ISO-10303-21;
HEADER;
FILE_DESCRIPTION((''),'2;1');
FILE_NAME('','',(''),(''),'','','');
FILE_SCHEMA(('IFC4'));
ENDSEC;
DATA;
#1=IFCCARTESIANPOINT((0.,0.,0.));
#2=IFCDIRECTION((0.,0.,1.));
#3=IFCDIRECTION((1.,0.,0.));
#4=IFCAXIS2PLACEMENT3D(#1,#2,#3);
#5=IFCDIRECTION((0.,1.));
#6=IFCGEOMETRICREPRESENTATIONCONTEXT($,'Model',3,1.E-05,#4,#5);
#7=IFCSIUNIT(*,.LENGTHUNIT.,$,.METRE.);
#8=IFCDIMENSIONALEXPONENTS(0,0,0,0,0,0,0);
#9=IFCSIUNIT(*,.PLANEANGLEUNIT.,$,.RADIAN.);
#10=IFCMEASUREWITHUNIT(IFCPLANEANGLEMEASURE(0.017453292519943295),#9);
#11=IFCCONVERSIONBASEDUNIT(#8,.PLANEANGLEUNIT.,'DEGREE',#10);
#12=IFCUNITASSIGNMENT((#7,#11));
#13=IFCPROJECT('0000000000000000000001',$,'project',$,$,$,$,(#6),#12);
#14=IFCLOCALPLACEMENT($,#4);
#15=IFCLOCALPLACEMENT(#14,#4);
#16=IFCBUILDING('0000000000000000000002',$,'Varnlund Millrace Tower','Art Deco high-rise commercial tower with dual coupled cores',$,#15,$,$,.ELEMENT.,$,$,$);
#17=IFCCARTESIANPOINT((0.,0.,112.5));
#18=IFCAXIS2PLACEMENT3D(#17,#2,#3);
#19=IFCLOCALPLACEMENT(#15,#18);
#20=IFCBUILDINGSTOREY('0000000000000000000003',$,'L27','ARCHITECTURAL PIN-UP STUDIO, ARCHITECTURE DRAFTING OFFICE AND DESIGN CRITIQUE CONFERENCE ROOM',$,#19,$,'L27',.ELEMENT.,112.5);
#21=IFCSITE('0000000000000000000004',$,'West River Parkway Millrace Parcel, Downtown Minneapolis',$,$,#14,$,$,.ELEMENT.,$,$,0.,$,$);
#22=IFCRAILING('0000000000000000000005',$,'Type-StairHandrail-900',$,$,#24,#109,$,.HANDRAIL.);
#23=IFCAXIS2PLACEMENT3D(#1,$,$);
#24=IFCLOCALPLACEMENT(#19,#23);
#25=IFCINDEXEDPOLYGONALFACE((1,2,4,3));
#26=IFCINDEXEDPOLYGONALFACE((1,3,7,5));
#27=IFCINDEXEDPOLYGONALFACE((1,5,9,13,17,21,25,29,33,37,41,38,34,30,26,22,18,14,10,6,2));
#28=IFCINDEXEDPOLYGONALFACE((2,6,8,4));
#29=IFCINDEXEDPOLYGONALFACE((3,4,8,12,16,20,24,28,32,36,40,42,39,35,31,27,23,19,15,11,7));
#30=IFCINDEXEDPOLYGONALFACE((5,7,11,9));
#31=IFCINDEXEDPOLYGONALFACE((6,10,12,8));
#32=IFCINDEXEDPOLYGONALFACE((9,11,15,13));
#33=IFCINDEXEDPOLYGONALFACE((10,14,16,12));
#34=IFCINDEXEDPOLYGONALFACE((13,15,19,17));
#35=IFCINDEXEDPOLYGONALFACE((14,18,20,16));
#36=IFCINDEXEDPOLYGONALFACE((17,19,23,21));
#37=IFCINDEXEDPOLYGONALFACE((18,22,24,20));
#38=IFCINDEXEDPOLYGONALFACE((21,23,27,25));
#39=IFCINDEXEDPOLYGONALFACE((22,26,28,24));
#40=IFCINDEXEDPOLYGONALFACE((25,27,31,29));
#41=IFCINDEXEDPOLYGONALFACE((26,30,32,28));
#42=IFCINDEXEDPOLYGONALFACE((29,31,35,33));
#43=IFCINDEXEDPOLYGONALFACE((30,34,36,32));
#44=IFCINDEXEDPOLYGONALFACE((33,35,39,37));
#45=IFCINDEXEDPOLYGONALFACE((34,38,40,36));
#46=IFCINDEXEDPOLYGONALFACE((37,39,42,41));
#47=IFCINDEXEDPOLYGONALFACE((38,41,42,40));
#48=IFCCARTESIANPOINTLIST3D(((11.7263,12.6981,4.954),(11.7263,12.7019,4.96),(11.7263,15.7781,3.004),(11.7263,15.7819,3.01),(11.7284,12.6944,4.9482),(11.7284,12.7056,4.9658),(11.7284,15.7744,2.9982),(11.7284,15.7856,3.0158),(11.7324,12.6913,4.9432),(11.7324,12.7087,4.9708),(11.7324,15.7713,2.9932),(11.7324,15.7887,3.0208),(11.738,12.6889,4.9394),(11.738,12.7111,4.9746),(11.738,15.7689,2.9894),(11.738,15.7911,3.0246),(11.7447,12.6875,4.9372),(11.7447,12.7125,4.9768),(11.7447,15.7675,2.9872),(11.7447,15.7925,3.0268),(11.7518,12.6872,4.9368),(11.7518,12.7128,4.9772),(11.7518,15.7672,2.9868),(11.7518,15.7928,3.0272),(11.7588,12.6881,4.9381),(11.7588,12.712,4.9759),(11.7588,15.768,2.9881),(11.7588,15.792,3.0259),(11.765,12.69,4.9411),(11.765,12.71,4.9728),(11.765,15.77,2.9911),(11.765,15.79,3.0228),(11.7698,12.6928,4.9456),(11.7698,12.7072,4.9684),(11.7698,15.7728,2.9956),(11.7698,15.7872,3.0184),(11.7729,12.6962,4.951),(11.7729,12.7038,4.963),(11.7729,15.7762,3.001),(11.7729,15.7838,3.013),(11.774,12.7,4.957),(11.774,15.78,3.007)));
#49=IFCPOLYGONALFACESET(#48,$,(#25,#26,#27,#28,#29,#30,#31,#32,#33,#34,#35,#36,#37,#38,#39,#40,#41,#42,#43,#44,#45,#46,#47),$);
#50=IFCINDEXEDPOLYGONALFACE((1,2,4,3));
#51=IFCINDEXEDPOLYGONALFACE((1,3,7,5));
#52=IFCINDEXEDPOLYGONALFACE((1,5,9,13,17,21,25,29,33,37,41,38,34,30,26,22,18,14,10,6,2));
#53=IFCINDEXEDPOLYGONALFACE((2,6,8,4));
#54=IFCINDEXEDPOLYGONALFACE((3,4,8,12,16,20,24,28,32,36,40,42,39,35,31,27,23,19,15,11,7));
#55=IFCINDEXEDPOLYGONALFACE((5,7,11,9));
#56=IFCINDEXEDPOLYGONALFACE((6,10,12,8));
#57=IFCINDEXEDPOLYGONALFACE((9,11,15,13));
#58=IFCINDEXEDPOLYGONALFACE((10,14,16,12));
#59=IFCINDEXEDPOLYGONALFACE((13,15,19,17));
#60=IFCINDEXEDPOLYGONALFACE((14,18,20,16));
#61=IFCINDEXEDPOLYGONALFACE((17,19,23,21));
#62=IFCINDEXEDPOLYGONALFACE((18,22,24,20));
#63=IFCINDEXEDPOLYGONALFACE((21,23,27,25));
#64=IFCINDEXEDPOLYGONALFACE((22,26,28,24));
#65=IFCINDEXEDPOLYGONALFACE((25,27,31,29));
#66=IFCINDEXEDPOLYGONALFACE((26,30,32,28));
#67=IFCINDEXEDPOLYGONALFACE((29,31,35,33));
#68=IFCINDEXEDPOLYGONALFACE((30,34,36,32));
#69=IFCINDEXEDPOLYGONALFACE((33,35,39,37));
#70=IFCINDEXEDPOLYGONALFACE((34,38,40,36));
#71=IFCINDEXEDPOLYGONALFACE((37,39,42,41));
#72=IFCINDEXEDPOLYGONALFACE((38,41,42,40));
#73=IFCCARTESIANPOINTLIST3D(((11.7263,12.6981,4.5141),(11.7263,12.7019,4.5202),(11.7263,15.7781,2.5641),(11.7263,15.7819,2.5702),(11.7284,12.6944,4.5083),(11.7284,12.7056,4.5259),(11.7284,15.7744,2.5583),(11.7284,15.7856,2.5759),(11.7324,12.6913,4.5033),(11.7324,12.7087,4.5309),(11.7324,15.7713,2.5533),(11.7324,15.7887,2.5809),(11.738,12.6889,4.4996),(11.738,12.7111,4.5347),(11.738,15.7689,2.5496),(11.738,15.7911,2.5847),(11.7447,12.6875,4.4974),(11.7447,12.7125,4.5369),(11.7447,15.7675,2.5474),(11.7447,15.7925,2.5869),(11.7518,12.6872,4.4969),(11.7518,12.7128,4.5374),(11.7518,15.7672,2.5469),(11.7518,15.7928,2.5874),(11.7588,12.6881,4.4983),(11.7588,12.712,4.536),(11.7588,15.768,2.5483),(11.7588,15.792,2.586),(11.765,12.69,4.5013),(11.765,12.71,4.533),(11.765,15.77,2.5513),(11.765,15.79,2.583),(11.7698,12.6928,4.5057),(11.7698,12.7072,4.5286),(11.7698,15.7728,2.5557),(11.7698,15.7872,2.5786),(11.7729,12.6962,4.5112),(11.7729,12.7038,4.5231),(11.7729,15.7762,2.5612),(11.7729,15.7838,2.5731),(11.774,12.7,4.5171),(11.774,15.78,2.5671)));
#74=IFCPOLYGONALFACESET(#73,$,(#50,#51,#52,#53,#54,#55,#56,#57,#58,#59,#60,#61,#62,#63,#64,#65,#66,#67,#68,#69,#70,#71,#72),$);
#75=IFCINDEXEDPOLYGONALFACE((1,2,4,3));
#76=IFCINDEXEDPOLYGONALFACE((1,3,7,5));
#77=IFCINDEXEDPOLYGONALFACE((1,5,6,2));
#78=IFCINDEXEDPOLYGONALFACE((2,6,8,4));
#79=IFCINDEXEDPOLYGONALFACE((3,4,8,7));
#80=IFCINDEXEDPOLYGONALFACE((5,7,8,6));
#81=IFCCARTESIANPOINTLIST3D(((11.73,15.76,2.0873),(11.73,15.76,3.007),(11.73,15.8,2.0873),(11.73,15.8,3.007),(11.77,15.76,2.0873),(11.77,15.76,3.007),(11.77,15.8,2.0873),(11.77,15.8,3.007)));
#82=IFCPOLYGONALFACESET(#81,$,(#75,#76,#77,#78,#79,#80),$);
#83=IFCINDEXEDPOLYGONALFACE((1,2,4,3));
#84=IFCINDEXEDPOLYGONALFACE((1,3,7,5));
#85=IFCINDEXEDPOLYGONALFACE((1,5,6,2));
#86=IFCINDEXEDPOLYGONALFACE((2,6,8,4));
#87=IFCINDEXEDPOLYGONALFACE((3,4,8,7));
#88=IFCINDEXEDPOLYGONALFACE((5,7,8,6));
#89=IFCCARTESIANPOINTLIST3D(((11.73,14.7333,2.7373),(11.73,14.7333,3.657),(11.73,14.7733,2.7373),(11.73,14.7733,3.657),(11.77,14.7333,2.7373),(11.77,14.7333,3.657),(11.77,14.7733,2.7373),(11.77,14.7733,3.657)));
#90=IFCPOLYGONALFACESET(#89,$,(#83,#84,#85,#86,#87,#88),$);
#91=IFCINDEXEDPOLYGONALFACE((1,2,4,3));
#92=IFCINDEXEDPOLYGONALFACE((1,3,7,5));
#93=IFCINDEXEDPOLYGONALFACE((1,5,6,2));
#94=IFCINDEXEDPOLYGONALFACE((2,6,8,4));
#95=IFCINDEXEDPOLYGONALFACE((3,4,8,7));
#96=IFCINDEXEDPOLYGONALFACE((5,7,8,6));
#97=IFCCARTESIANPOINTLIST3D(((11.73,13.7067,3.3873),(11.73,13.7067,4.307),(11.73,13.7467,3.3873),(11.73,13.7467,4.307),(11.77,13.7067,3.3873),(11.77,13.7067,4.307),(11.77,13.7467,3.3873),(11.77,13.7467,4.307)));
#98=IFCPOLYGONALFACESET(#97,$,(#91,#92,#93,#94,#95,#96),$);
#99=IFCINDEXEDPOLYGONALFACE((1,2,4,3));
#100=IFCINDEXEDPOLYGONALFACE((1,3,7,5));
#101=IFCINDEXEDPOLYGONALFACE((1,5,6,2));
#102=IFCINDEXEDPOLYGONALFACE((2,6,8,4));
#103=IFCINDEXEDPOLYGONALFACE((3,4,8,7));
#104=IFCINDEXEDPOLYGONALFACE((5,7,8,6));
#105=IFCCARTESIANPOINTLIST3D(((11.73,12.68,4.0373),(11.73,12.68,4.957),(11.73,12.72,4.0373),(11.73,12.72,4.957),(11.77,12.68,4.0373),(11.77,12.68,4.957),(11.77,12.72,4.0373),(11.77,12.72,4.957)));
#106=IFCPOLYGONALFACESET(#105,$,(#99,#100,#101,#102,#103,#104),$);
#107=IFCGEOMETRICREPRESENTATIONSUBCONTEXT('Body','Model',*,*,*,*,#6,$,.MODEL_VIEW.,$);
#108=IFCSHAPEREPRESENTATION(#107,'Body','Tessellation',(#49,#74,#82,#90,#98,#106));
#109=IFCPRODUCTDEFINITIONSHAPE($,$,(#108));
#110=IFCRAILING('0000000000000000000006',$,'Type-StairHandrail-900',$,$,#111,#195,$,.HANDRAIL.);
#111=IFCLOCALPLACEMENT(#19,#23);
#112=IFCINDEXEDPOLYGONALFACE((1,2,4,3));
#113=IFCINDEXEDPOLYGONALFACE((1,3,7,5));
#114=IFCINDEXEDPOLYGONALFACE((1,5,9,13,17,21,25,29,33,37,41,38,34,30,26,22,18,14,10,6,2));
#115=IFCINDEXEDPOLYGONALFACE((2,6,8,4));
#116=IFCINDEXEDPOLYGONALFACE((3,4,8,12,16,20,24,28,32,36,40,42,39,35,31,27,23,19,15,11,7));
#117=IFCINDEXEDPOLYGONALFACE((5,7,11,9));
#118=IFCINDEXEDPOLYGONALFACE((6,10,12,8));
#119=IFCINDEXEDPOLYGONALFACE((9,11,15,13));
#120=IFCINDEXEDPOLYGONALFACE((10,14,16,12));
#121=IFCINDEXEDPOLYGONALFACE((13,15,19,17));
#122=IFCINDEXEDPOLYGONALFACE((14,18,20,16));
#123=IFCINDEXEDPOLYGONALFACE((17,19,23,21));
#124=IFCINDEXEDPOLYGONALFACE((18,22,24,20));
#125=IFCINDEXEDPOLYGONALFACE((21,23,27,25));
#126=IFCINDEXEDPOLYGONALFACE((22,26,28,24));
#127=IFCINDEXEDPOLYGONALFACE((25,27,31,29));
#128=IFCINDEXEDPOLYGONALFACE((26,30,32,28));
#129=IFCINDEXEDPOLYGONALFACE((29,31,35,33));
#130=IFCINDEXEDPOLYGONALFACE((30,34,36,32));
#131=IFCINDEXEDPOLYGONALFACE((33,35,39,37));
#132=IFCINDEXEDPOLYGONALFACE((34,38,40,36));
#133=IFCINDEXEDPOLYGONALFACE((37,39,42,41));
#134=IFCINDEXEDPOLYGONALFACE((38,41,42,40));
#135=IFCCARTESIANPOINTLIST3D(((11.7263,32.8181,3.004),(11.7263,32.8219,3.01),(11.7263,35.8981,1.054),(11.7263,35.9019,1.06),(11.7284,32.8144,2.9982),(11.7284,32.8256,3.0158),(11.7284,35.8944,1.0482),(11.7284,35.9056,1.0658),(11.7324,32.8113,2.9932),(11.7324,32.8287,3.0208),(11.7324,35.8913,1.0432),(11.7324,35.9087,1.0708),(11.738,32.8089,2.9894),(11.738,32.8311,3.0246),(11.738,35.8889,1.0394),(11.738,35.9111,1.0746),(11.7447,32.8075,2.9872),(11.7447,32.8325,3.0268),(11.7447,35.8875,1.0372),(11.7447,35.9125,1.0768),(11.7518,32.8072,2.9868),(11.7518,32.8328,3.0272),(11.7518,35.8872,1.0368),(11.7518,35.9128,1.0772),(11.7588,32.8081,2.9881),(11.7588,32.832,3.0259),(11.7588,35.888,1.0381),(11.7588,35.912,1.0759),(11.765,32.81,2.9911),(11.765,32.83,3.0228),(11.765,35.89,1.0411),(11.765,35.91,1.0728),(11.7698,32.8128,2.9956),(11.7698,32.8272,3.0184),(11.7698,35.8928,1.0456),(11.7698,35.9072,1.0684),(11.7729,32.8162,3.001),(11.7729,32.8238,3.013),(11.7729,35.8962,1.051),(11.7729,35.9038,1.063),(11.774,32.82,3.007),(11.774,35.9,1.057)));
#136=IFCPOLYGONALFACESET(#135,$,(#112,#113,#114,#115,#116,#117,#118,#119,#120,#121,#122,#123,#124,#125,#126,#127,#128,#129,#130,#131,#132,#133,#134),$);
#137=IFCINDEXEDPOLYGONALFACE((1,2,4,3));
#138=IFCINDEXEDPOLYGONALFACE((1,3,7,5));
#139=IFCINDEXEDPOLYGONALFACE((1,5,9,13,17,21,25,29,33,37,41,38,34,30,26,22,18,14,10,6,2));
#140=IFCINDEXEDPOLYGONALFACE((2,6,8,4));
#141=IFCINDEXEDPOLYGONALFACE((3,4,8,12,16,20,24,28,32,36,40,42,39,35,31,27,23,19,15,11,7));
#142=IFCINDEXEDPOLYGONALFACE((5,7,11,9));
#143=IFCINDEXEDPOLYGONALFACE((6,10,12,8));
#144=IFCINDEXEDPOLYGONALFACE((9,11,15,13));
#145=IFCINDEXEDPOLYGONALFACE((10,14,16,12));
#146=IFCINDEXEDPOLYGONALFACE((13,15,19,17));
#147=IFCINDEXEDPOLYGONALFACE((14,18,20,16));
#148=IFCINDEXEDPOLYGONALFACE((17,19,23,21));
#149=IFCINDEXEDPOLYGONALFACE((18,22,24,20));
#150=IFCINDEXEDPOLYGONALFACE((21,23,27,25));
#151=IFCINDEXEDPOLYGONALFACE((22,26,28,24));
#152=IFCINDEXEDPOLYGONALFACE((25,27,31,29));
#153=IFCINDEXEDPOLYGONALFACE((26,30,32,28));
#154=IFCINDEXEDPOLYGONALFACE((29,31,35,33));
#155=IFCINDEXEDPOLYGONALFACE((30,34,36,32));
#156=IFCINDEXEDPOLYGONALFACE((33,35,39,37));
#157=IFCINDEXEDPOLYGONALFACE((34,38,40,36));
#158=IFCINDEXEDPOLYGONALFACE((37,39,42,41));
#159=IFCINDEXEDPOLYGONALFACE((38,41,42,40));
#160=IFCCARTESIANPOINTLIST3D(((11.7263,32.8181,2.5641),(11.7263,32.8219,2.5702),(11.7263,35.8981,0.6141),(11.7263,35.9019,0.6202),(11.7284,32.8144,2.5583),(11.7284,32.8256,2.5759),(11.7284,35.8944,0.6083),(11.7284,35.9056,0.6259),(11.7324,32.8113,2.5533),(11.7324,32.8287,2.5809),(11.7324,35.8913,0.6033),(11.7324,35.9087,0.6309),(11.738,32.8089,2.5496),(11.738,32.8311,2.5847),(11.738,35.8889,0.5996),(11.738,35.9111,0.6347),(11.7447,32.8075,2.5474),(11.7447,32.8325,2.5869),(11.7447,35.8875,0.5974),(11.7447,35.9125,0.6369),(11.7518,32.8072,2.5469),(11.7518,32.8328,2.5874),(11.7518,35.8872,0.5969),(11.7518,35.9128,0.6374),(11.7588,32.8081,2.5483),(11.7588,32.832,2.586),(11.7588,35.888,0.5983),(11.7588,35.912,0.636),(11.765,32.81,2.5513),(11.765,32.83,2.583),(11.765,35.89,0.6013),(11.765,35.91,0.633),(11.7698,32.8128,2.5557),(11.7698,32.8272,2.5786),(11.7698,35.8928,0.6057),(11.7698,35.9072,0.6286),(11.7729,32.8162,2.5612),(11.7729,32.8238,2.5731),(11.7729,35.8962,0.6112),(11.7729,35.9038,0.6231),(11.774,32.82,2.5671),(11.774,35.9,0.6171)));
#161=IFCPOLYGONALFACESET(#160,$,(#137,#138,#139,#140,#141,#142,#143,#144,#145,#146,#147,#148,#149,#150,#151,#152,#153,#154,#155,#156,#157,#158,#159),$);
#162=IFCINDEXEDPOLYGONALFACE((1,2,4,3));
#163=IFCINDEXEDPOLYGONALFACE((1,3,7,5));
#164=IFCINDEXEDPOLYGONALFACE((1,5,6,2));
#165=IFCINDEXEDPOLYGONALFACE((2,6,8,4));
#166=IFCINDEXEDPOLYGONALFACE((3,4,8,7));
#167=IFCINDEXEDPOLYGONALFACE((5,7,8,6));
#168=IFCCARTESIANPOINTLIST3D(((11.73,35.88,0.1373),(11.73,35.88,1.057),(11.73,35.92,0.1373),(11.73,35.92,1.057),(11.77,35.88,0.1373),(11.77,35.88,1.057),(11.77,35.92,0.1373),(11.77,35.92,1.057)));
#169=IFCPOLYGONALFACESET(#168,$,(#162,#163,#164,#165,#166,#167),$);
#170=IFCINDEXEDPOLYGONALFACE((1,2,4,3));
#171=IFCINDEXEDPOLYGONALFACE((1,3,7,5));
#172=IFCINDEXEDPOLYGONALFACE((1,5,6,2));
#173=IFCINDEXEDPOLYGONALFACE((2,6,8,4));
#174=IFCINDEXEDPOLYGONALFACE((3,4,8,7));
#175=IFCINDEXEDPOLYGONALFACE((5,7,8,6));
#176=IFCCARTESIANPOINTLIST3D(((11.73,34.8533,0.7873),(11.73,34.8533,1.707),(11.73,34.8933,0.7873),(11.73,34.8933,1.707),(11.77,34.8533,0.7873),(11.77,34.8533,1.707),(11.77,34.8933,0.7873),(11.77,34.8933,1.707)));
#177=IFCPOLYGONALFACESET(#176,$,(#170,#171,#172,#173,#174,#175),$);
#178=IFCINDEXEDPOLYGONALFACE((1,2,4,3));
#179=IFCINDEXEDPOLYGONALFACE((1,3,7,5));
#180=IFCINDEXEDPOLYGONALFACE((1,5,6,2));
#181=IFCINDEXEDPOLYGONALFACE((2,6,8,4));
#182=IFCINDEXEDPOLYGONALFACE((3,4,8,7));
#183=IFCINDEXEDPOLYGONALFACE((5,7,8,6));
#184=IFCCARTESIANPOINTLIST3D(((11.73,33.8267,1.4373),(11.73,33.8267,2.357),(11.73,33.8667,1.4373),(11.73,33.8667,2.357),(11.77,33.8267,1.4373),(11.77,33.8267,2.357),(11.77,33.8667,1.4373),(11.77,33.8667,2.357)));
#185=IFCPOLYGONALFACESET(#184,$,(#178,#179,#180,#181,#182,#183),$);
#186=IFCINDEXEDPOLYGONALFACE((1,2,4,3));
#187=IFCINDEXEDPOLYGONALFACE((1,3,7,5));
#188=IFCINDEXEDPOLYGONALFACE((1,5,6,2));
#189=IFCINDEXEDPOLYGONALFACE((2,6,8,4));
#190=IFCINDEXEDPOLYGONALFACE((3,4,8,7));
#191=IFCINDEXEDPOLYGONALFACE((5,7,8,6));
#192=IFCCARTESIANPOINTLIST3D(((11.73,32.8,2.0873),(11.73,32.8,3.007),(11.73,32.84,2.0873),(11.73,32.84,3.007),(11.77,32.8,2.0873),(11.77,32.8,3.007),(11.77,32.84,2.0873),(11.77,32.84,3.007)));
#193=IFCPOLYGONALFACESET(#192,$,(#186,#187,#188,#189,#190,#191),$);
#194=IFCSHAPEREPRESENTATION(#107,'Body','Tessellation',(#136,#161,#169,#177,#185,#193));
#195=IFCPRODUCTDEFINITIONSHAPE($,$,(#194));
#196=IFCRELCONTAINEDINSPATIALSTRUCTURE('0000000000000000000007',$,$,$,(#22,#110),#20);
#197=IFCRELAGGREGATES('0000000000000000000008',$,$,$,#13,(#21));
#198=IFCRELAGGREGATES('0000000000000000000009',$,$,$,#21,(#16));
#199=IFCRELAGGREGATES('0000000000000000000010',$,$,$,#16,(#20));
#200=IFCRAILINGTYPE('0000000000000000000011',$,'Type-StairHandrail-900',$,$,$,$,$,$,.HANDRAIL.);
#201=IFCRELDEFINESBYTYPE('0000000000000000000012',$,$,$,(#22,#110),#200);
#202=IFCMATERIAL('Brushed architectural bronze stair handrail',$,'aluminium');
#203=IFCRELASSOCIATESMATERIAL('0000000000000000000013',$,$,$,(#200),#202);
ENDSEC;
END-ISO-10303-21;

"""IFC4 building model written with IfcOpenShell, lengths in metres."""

from ifc_helpers import new_model, entity, si_unit, converted_unit, direction, frame, origin_with_axes, origin_2d_with_axis, place, context, subcontext, project, spatial, rectangle, circle, extrude, material, type_object, element, save


model = new_model("IFC4")

# Units and contexts
model_context = context("Model", 3, precision=1e-05, world=origin_with_axes(), true_north=direction((0.0, 1.0)))
body_context = subcontext(model_context, "Body", "Model", "MODEL_VIEW")
ifc_project = project(units=[si_unit("LENGTHUNIT", "METRE"), converted_unit("PLANEANGLEUNIT", "DEGREE", entity("IfcPlaneAngleMeasure", 0.017453292519943295), si_unit("PLANEANGLEUNIT", "RADIAN"), dimensions=[0, 0, 0, 0, 0, 0, 0])], contexts=[model_context])

# Site, building, storey
site_placement = place(None, origin_with_axes())
site = spatial("IfcSite", under=ifc_project, at=site_placement, Name="West River Parkway Millrace Parcel, Downtown Minneapolis", CompositionType="ELEMENT", RefElevation=0.0)
building_placement = place(site_placement, origin_with_axes())
building = spatial("IfcBuilding", under=site, at=building_placement, Name="Varnlund Millrace Tower", Description="Art Deco high-rise commercial tower with dual coupled cores", CompositionType="ELEMENT")
storey_placement = place(building_placement, frame((0.0, 0.0, 112.5), z_axis=(0.0, 0.0, 1.0), x_axis=(1.0, 0.0, 0.0)))
storey = spatial("IfcBuildingStorey", under=building, at=storey_placement, Name="L27", Description="ARCHITECTURAL PIN-UP STUDIO, ARCHITECTURE DRAFTING OFFICE AND DESIGN CRITIQUE CONFERENCE ROOM", LongName="L27", CompositionType="ELEMENT", Elevation=112.5)

# Railings
ifc_material_1 = material(Name="Brushed architectural bronze stair handrail", Category="aluminium")
railing_type_1 = type_object("IfcRailingType", Name="Type-StairHandrail-900", PredefinedType="HANDRAIL", material=ifc_material_1)
railing_1_placement = place(storey_placement, frame((0.0, 0.0, -112.5), z_axis=(0.0, 0.0, 1.0), x_axis=(1.0, 0.0, 0.0)))
element("IfcRailing", 1, at=railing_1_placement, inside=storey, type_object=railing_type_1, Name="Type-StairHandrail-900", PredefinedType="HANDRAIL", context=body_context, shape_type="SweptSolid", body=[
    extrude(circle(Radius=0.024, at=origin_2d_with_axis()), frame((11.75, 15.78, 115.507), z_axis=(0.0, -0.844902, 0.534922), x_axis=(1.0, 0.0, 0.0)), (0.0, 0.0, 1.0), 3.6454),
    extrude(circle(Radius=0.024, at=origin_2d_with_axis()), frame((11.75, 15.78, 115.0671), z_axis=(0.0, -0.844902, 0.534922), x_axis=(1.0, 0.0, 0.0)), (0.0, 0.0, 1.0), 3.6454),
    extrude(rectangle(XDim=0.04, YDim=0.04, at=origin_2d_with_axis()), frame((11.75, 15.78, 114.5873), z_axis=(0.0, 0.0, 1.0), x_axis=(1.0, 0.0, 0.0)), (0.0, 0.0, 1.0), 0.9197),
    extrude(rectangle(XDim=0.04, YDim=0.04, at=origin_2d_with_axis()), frame((11.75, 14.7533, 115.2373), z_axis=(0.0, 0.0, 1.0), x_axis=(1.0, 0.0, 0.0)), (0.0, 0.0, 1.0), 0.9197),
    extrude(rectangle(XDim=0.04, YDim=0.04, at=origin_2d_with_axis()), frame((11.75, 13.7267, 115.8873), z_axis=(0.0, 0.0, 1.0), x_axis=(1.0, 0.0, 0.0)), (0.0, 0.0, 1.0), 0.9197),
    extrude(rectangle(XDim=0.04, YDim=0.04, at=origin_2d_with_axis()), frame((11.75, 12.7, 116.5373), z_axis=(0.0, 0.0, 1.0), x_axis=(1.0, 0.0, 0.0)), (0.0, 0.0, 1.0), 0.9197),
])
railing_2_placement = place(storey_placement, frame((0.0, 0.0, -112.5), z_axis=(0.0, 0.0, 1.0), x_axis=(1.0, 0.0, 0.0)))
element("IfcRailing", 2, at=railing_2_placement, inside=storey, type_object=railing_type_1, Name="Type-StairHandrail-900", PredefinedType="HANDRAIL", context=body_context, shape_type="SweptSolid", body=[
    extrude(circle(Radius=0.024, at=origin_2d_with_axis()), frame((11.75, 35.9, 113.557), z_axis=(0.0, -0.844902, 0.534922), x_axis=(1.0, 0.0, 0.0)), (0.0, 0.0, 1.0), 3.6454),
    extrude(circle(Radius=0.024, at=origin_2d_with_axis()), frame((11.75, 35.9, 113.1171), z_axis=(0.0, -0.844902, 0.534922), x_axis=(1.0, 0.0, 0.0)), (0.0, 0.0, 1.0), 3.6454),
    extrude(rectangle(XDim=0.04, YDim=0.04, at=origin_2d_with_axis()), frame((11.75, 35.9, 112.6373), z_axis=(0.0, 0.0, 1.0), x_axis=(1.0, 0.0, 0.0)), (0.0, 0.0, 1.0), 0.9197),
    extrude(rectangle(XDim=0.04, YDim=0.04, at=origin_2d_with_axis()), frame((11.75, 34.8733, 113.2873), z_axis=(0.0, 0.0, 1.0), x_axis=(1.0, 0.0, 0.0)), (0.0, 0.0, 1.0), 0.9197),
    extrude(rectangle(XDim=0.04, YDim=0.04, at=origin_2d_with_axis()), frame((11.75, 33.8467, 113.9373), z_axis=(0.0, 0.0, 1.0), x_axis=(1.0, 0.0, 0.0)), (0.0, 0.0, 1.0), 0.9197),
    extrude(rectangle(XDim=0.04, YDim=0.04, at=origin_2d_with_axis()), frame((11.75, 32.82, 114.5873), z_axis=(0.0, 0.0, 1.0), x_axis=(1.0, 0.0, 0.0)), (0.0, 0.0, 1.0), 0.9197),
])

save(model, "model.ifc")
